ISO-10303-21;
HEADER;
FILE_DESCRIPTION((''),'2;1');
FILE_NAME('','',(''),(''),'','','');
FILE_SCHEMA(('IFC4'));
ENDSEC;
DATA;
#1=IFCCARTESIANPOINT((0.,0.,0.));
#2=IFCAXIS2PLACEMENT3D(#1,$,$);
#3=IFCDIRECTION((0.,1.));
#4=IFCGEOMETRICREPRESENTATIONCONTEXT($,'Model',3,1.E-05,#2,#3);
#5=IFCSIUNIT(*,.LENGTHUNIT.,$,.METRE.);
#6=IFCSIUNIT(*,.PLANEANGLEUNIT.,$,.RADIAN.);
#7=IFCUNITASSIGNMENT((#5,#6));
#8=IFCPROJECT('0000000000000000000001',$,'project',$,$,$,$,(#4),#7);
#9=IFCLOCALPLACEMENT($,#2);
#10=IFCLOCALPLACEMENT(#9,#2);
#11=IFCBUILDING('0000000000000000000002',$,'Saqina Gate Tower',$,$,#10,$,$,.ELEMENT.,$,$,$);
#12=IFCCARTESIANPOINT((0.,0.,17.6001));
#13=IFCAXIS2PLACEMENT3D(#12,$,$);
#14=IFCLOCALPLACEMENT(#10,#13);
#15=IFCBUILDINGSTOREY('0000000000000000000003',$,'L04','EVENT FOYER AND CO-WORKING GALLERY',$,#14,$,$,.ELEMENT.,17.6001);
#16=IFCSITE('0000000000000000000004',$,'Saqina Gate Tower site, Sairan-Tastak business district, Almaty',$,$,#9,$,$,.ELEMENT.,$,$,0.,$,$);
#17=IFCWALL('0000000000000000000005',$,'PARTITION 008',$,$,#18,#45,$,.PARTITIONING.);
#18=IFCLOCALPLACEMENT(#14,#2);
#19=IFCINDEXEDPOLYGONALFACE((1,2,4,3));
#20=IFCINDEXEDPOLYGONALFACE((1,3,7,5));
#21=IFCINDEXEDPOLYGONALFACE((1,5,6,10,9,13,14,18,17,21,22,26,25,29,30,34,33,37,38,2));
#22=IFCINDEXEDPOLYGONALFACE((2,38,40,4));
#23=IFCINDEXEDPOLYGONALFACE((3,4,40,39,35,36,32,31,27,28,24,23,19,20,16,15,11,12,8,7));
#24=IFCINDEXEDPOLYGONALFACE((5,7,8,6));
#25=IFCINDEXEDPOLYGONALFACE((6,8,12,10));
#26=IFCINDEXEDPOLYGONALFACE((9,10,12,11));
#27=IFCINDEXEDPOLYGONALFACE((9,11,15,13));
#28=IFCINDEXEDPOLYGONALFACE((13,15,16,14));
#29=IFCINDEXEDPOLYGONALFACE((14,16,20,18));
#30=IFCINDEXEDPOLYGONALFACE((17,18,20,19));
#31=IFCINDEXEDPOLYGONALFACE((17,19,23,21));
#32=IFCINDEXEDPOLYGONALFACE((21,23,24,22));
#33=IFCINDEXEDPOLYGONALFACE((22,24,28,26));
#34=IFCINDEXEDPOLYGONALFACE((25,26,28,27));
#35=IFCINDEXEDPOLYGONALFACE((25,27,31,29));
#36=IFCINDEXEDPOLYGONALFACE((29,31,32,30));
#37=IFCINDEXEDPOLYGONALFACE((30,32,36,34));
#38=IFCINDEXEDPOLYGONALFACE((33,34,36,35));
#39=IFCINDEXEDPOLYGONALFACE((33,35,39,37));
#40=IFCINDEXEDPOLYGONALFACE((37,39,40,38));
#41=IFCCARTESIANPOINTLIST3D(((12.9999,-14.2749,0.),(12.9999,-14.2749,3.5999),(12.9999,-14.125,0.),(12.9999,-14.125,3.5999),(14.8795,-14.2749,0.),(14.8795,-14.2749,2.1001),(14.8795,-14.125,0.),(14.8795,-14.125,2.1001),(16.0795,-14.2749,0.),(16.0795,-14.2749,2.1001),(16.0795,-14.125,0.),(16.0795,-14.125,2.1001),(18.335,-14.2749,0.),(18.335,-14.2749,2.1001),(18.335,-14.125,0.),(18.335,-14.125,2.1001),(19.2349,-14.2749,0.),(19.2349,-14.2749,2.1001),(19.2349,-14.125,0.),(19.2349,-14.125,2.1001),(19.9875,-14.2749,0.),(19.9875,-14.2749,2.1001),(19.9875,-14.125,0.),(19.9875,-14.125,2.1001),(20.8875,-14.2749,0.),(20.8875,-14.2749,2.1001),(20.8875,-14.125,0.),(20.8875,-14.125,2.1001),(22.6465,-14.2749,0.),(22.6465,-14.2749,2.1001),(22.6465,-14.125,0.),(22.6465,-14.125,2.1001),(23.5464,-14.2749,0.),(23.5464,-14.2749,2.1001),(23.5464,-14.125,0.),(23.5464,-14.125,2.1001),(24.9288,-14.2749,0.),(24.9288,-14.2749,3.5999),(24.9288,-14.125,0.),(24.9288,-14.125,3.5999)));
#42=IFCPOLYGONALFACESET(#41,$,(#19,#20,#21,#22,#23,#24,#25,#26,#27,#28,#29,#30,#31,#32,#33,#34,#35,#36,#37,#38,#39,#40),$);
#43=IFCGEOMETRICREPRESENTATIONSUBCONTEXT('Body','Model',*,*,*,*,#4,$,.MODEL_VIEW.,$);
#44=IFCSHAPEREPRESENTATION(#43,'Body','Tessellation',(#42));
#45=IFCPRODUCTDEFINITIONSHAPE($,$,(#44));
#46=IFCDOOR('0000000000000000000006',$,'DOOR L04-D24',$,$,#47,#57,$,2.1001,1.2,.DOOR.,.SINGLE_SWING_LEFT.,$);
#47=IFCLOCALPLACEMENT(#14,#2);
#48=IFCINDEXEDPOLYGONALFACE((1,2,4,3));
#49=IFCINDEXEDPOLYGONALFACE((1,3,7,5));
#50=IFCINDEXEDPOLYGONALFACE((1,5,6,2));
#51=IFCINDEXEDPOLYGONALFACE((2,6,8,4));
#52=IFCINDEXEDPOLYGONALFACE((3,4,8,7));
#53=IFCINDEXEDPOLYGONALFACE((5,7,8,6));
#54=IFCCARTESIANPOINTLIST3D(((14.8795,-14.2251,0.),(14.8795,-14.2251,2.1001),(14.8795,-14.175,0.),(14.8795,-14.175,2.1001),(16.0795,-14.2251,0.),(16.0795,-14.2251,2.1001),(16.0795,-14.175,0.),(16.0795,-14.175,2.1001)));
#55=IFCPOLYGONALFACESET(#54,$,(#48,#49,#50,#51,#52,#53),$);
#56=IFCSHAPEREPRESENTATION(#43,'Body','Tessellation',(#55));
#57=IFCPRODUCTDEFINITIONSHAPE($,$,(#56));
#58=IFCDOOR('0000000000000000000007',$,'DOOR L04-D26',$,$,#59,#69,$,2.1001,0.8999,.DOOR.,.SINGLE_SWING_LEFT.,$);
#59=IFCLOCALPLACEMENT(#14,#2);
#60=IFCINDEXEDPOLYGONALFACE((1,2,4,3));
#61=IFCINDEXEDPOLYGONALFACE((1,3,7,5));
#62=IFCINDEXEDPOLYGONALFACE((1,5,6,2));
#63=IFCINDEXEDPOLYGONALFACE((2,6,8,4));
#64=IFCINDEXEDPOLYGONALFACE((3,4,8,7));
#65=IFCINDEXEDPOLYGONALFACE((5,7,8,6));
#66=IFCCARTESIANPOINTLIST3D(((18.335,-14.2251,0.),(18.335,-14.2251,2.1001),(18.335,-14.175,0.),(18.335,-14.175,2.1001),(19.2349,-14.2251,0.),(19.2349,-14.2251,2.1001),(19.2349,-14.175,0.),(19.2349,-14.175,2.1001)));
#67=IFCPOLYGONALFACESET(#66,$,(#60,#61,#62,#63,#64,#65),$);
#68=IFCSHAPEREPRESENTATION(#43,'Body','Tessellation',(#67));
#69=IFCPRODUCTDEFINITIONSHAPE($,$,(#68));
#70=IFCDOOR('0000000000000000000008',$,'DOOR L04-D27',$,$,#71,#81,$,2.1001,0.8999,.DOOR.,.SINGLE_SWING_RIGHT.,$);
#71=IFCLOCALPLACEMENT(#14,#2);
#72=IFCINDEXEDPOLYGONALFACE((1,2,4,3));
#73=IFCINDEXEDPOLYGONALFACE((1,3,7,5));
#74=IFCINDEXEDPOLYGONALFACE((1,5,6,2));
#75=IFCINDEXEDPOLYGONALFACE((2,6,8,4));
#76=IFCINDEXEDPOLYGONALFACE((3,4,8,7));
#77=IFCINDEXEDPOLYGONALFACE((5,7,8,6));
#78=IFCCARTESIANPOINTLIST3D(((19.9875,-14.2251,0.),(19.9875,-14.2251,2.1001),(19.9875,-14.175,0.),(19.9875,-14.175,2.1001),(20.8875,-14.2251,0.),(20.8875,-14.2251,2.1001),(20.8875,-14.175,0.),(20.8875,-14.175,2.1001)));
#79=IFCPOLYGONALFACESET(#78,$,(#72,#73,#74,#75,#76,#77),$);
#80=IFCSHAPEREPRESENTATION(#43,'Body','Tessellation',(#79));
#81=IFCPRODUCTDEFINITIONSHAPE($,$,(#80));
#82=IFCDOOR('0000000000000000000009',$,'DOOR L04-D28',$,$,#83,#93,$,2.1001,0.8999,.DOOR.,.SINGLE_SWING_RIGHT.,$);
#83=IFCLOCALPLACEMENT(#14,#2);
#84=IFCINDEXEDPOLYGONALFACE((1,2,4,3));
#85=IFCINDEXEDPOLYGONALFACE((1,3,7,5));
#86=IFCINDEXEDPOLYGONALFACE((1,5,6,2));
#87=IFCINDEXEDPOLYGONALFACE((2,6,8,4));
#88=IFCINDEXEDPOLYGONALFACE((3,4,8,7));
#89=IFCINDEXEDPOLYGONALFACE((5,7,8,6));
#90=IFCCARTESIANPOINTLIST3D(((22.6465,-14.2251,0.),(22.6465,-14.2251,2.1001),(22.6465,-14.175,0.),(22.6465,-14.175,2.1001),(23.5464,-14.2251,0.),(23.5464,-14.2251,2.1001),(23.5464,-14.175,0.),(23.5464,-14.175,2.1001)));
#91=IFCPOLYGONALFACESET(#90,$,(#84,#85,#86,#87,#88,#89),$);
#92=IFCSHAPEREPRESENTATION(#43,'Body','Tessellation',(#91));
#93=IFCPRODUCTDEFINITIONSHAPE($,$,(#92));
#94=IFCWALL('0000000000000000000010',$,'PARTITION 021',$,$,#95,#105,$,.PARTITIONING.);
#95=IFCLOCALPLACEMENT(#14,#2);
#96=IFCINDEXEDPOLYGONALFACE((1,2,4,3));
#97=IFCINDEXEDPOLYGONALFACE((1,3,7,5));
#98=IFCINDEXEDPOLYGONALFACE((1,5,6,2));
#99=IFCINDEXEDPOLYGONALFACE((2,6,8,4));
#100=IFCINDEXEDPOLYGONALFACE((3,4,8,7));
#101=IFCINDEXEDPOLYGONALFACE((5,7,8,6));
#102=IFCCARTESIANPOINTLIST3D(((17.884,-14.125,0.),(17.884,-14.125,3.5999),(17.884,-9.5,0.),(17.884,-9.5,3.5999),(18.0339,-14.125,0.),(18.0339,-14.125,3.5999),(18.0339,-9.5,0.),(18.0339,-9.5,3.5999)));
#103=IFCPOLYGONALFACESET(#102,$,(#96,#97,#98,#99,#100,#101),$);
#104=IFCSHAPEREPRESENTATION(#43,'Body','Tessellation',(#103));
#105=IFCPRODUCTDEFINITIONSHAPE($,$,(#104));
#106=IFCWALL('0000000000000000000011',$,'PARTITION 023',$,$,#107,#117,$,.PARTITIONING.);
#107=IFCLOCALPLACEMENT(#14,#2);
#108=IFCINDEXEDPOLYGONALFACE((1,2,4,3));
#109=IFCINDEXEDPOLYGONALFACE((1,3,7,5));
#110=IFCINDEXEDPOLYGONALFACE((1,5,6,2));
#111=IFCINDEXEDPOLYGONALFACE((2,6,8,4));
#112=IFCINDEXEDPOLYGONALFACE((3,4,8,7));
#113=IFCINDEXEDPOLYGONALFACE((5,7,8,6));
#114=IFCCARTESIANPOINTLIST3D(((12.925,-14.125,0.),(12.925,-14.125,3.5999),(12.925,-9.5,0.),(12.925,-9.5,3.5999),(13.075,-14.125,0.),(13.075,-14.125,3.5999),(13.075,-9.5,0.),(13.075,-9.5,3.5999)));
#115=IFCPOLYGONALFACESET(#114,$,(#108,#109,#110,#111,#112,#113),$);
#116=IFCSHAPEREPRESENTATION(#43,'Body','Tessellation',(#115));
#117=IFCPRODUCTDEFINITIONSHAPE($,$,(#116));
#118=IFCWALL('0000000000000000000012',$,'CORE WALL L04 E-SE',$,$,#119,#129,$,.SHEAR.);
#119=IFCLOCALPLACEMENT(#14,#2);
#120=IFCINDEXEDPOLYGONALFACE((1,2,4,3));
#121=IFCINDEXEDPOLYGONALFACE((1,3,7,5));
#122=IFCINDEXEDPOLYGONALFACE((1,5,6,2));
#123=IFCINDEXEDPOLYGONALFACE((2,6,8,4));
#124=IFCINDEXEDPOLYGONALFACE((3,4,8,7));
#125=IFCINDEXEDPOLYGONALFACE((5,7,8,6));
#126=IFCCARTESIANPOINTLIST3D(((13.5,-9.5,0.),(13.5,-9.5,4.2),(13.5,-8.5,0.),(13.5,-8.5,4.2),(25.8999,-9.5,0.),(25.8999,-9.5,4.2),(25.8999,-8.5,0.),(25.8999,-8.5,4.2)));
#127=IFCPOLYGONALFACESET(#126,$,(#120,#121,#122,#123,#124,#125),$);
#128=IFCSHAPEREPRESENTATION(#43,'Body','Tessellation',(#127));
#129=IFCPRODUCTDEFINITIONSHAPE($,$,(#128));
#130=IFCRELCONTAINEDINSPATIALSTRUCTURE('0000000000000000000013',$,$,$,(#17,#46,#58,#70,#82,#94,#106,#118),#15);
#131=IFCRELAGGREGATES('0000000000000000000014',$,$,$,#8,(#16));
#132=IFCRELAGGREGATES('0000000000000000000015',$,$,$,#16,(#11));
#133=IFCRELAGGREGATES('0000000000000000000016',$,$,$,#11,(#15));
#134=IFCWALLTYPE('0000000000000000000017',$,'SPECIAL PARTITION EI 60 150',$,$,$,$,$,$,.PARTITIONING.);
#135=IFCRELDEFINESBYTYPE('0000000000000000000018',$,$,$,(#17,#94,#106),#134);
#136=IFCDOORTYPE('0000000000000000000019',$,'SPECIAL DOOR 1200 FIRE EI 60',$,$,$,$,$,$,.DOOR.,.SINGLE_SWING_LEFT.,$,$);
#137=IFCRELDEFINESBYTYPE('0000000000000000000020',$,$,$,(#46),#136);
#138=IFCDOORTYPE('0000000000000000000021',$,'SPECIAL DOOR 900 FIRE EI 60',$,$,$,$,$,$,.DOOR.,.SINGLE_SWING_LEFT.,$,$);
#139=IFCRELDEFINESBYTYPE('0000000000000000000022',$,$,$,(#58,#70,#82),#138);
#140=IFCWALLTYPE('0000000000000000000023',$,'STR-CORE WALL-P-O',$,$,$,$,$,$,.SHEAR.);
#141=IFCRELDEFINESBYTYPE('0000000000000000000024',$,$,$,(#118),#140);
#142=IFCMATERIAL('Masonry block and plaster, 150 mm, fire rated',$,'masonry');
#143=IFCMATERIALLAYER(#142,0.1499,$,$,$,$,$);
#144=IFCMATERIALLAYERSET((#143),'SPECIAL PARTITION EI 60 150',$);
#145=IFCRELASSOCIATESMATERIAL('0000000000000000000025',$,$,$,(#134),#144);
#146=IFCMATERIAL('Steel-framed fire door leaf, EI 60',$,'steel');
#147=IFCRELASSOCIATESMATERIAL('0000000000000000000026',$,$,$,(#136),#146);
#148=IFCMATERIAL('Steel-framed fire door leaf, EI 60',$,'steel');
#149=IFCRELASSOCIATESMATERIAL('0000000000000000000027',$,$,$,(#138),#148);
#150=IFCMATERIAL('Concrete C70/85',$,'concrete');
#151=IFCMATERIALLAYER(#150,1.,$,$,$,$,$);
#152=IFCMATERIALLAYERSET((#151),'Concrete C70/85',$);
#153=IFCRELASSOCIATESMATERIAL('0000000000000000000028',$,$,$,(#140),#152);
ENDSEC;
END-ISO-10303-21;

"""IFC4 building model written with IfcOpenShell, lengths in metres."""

from ifc_helpers import new_model, si_unit, direction, frame, frame_2d, origin, place, context, subcontext, project, spatial, rectangle, extrude, material, layer, layer_set, type_object, element, fill, save


model = new_model("IFC4")

# Units and contexts
model_context = context("Model", 3, precision=1e-05, world=origin(), true_north=direction((0.0, 1.0)))
body_context = subcontext(model_context, "Body", "Model", "MODEL_VIEW")
ifc_project = project(units=[si_unit("LENGTHUNIT", "METRE"), si_unit("PLANEANGLEUNIT", "RADIAN")], contexts=[model_context])

# Site, building, storey
site_placement = place(None, origin())
site = spatial("IfcSite", under=ifc_project, at=site_placement, Name="Saqina Gate Tower site, Sairan-Tastak business district, Almaty", CompositionType="ELEMENT", RefElevation=0.0)
building_placement = place(site_placement, origin())
building = spatial("IfcBuilding", under=site, at=building_placement, Name="Saqina Gate Tower", CompositionType="ELEMENT")
storey_placement = place(building_placement, frame((0.0, 0.0, 17.6001)))
storey = spatial("IfcBuildingStorey", under=building, at=storey_placement, Name="L04", Description="EVENT FOYER AND CO-WORKING GALLERY", CompositionType="ELEMENT", Elevation=17.6001)

# Wall, openings, doors
ifc_material_1 = material(Name="Masonry block and plaster, 150 mm, fire rated", Category="masonry")
ifc_layer_1 = layer(ifc_material_1, 0.1499)
ifc_layer_set_1 = layer_set([ifc_layer_1], Name="SPECIAL PARTITION EI 60 150")
wall_type_1 = type_object("IfcWallType", Name="SPECIAL PARTITION EI 60 150", PredefinedType="PARTITIONING", material=ifc_layer_set_1)
wall_1_placement = place(storey_placement, frame((13.0, -14.2, 0.0), z_axis=(0.0, 0.0, 1.0), x_axis=(1.0, 0.0, 0.0)))
wall_1 = element("IfcWall", 1, at=wall_1_placement, inside=storey, type_object=wall_type_1, Name="PARTITION 008", PredefinedType="PARTITIONING", context=body_context, shape_type="SweptSolid", body=[
    extrude(rectangle(XDim=11.929, YDim=0.1499, at=frame_2d((5.9644, 0.0))), origin(), (0.0, 0.0, 1.0), 3.5999),
])
opening_1_placement = place(wall_1_placement, frame((1.8794, 0.0, 0.0)))
opening_1 = element("IfcOpeningElement", 2, at=opening_1_placement, cuts=wall_1, PredefinedType="OPENING", context=body_context, shape_type="SweptSolid", body=[
    extrude(rectangle(XDim=1.2, YDim=2.1001, at=frame_2d((0.6001, 1.05))), frame((0.0, 0.0869, 0.0), z_axis=(0.0, -1.0, 0.0), x_axis=(1.0, 0.0, 0.0)), (0.0, 0.0, 1.0), 0.1738),
])
opening_2_placement = place(wall_1_placement, frame((5.335, 0.0, 0.0)))
opening_2 = element("IfcOpeningElement", 3, at=opening_2_placement, cuts=wall_1, PredefinedType="OPENING", context=body_context, shape_type="SweptSolid", body=[
    extrude(rectangle(XDim=0.8999, YDim=2.1001, at=frame_2d((0.45, 1.05))), frame((0.0, 0.0869, 0.0), z_axis=(0.0, -1.0, 0.0), x_axis=(1.0, 0.0, 0.0)), (0.0, 0.0, 1.0), 0.1738),
])
opening_3_placement = place(wall_1_placement, frame((6.9875, 0.0, 0.0)))
opening_3 = element("IfcOpeningElement", 4, at=opening_3_placement, cuts=wall_1, PredefinedType="OPENING", context=body_context, shape_type="SweptSolid", body=[
    extrude(rectangle(XDim=0.8999, YDim=2.1001, at=frame_2d((0.45, 1.05))), frame((0.0, 0.0869, 0.0), z_axis=(0.0, -1.0, 0.0), x_axis=(1.0, 0.0, 0.0)), (0.0, 0.0, 1.0), 0.1738),
])
opening_4_placement = place(wall_1_placement, frame((9.6465, 0.0, 0.0)))
opening_4 = element("IfcOpeningElement", 5, at=opening_4_placement, cuts=wall_1, PredefinedType="OPENING", context=body_context, shape_type="SweptSolid", body=[
    extrude(rectangle(XDim=0.8999, YDim=2.1001, at=frame_2d((0.45, 1.05))), frame((0.0, 0.0869, 0.0), z_axis=(0.0, -1.0, 0.0), x_axis=(1.0, 0.0, 0.0)), (0.0, 0.0, 1.0), 0.1738),
])
ifc_material_2 = material(Name="Steel-framed fire door leaf, EI 60", Category="steel")
door_type_1 = type_object("IfcDoorType", Name="SPECIAL DOOR 1200 FIRE EI 60", OperationType="SINGLE_SWING_LEFT", PredefinedType="DOOR", material=ifc_material_2)
door_1_placement = place(opening_1_placement, origin())
door_1 = element("IfcDoor", 6, at=door_1_placement, inside=storey, type_object=door_type_1, Name="DOOR L04-D24", OperationType="SINGLE_SWING_LEFT", OverallHeight=2.1001, OverallWidth=1.2, PredefinedType="DOOR", context=body_context, shape_type="SweptSolid", body=[
    extrude(rectangle(XDim=1.2, YDim=2.1001, at=frame_2d((0.6001, 1.05))), frame((0.0, 0.0249, 0.0), z_axis=(0.0, -1.0, 0.0), x_axis=(1.0, 0.0, 0.0)), (0.0, 0.0, 1.0), 0.05),
])
fill(opening_1, door_1)
ifc_material_3 = material(Name="Steel-framed fire door leaf, EI 60", Category="steel")
door_type_2 = type_object("IfcDoorType", Name="SPECIAL DOOR 900 FIRE EI 60", OperationType="SINGLE_SWING_LEFT", PredefinedType="DOOR", material=ifc_material_3)
door_2_placement = place(opening_2_placement, origin())
door_2 = element("IfcDoor", 7, at=door_2_placement, inside=storey, type_object=door_type_2, Name="DOOR L04-D26", OperationType="SINGLE_SWING_LEFT", OverallHeight=2.1001, OverallWidth=0.8999, PredefinedType="DOOR", context=body_context, shape_type="SweptSolid", body=[
    extrude(rectangle(XDim=0.8999, YDim=2.1001, at=frame_2d((0.45, 1.05))), frame((0.0, 0.0249, 0.0), z_axis=(0.0, -1.0, 0.0), x_axis=(1.0, 0.0, 0.0)), (0.0, 0.0, 1.0), 0.05),
])
fill(opening_2, door_2)
door_3_placement = place(opening_3_placement, origin())
door_3 = element("IfcDoor", 8, at=door_3_placement, inside=storey, type_object=door_type_2, Name="DOOR L04-D27", OperationType="SINGLE_SWING_RIGHT", OverallHeight=2.1001, OverallWidth=0.8999, PredefinedType="DOOR", context=body_context, shape_type="SweptSolid", body=[
    extrude(rectangle(XDim=0.8999, YDim=2.1001, at=frame_2d((0.45, 1.05))), frame((0.0, 0.0249, 0.0), z_axis=(0.0, -1.0, 0.0), x_axis=(1.0, 0.0, 0.0)), (0.0, 0.0, 1.0), 0.05),
])
fill(opening_3, door_3)
door_4_placement = place(opening_4_placement, origin())
door_4 = element("IfcDoor", 9, at=door_4_placement, inside=storey, type_object=door_type_2, Name="DOOR L04-D28", OperationType="SINGLE_SWING_RIGHT", OverallHeight=2.1001, OverallWidth=0.8999, PredefinedType="DOOR", context=body_context, shape_type="SweptSolid", body=[
    extrude(rectangle(XDim=0.8999, YDim=2.1001, at=frame_2d((0.45, 1.05))), frame((0.0, 0.0249, 0.0), z_axis=(0.0, -1.0, 0.0), x_axis=(1.0, 0.0, 0.0)), (0.0, 0.0, 1.0), 0.05),
])
fill(opening_4, door_4)

# Walls
for number, where, z_axis, x_axis, name in (
    (10, (17.959, -14.125, 0.0), (0.0, 0.0, 1.0), (0.0, 1.0, 0.0), "PARTITION 021"),
    (11, (13.0, -14.125, 0.0), (0.0, 0.0, 1.0), (0.0, 1.0, 0.0), "PARTITION 023"),
):
    element("IfcWall", number, at=place(storey_placement, frame(where, z_axis=z_axis, x_axis=x_axis)), inside=storey, type_object=wall_type_1, Name=name, PredefinedType="PARTITIONING", context=body_context, shape_type="SweptSolid", body=[
        extrude(rectangle(XDim=4.625, YDim=0.1499, at=frame_2d((2.3125, 0.0))), origin(), (0.0, 0.0, 1.0), 3.5999),
    ])

# Shared definitions
ifc_material_4 = material(Name="Concrete C70/85", Category="concrete")
ifc_layer_2 = layer(ifc_material_4, 1.0)
ifc_layer_set_2 = layer_set([ifc_layer_2], Name="Concrete C70/85")
wall_type_2 = type_object("IfcWallType", Name="STR-CORE WALL-P-O", PredefinedType="SHEAR", material=ifc_layer_set_2)

# Wall
wall_2_placement = place(storey_placement, frame((13.5, -9.0, 0.0), z_axis=(0.0, 0.0, 1.0), x_axis=(1.0, 0.0, 0.0)))
element("IfcWall", 12, at=wall_2_placement, inside=storey, type_object=wall_type_2, Name="CORE WALL L04 E-SE", PredefinedType="SHEAR", context=body_context, shape_type="SweptSolid", body=[
    extrude(rectangle(XDim=12.3999, YDim=1.0, at=frame_2d((6.2, 0.0))), origin(), (0.0, 0.0, 1.0), 4.2),
])

save(model, "model.ifc")
